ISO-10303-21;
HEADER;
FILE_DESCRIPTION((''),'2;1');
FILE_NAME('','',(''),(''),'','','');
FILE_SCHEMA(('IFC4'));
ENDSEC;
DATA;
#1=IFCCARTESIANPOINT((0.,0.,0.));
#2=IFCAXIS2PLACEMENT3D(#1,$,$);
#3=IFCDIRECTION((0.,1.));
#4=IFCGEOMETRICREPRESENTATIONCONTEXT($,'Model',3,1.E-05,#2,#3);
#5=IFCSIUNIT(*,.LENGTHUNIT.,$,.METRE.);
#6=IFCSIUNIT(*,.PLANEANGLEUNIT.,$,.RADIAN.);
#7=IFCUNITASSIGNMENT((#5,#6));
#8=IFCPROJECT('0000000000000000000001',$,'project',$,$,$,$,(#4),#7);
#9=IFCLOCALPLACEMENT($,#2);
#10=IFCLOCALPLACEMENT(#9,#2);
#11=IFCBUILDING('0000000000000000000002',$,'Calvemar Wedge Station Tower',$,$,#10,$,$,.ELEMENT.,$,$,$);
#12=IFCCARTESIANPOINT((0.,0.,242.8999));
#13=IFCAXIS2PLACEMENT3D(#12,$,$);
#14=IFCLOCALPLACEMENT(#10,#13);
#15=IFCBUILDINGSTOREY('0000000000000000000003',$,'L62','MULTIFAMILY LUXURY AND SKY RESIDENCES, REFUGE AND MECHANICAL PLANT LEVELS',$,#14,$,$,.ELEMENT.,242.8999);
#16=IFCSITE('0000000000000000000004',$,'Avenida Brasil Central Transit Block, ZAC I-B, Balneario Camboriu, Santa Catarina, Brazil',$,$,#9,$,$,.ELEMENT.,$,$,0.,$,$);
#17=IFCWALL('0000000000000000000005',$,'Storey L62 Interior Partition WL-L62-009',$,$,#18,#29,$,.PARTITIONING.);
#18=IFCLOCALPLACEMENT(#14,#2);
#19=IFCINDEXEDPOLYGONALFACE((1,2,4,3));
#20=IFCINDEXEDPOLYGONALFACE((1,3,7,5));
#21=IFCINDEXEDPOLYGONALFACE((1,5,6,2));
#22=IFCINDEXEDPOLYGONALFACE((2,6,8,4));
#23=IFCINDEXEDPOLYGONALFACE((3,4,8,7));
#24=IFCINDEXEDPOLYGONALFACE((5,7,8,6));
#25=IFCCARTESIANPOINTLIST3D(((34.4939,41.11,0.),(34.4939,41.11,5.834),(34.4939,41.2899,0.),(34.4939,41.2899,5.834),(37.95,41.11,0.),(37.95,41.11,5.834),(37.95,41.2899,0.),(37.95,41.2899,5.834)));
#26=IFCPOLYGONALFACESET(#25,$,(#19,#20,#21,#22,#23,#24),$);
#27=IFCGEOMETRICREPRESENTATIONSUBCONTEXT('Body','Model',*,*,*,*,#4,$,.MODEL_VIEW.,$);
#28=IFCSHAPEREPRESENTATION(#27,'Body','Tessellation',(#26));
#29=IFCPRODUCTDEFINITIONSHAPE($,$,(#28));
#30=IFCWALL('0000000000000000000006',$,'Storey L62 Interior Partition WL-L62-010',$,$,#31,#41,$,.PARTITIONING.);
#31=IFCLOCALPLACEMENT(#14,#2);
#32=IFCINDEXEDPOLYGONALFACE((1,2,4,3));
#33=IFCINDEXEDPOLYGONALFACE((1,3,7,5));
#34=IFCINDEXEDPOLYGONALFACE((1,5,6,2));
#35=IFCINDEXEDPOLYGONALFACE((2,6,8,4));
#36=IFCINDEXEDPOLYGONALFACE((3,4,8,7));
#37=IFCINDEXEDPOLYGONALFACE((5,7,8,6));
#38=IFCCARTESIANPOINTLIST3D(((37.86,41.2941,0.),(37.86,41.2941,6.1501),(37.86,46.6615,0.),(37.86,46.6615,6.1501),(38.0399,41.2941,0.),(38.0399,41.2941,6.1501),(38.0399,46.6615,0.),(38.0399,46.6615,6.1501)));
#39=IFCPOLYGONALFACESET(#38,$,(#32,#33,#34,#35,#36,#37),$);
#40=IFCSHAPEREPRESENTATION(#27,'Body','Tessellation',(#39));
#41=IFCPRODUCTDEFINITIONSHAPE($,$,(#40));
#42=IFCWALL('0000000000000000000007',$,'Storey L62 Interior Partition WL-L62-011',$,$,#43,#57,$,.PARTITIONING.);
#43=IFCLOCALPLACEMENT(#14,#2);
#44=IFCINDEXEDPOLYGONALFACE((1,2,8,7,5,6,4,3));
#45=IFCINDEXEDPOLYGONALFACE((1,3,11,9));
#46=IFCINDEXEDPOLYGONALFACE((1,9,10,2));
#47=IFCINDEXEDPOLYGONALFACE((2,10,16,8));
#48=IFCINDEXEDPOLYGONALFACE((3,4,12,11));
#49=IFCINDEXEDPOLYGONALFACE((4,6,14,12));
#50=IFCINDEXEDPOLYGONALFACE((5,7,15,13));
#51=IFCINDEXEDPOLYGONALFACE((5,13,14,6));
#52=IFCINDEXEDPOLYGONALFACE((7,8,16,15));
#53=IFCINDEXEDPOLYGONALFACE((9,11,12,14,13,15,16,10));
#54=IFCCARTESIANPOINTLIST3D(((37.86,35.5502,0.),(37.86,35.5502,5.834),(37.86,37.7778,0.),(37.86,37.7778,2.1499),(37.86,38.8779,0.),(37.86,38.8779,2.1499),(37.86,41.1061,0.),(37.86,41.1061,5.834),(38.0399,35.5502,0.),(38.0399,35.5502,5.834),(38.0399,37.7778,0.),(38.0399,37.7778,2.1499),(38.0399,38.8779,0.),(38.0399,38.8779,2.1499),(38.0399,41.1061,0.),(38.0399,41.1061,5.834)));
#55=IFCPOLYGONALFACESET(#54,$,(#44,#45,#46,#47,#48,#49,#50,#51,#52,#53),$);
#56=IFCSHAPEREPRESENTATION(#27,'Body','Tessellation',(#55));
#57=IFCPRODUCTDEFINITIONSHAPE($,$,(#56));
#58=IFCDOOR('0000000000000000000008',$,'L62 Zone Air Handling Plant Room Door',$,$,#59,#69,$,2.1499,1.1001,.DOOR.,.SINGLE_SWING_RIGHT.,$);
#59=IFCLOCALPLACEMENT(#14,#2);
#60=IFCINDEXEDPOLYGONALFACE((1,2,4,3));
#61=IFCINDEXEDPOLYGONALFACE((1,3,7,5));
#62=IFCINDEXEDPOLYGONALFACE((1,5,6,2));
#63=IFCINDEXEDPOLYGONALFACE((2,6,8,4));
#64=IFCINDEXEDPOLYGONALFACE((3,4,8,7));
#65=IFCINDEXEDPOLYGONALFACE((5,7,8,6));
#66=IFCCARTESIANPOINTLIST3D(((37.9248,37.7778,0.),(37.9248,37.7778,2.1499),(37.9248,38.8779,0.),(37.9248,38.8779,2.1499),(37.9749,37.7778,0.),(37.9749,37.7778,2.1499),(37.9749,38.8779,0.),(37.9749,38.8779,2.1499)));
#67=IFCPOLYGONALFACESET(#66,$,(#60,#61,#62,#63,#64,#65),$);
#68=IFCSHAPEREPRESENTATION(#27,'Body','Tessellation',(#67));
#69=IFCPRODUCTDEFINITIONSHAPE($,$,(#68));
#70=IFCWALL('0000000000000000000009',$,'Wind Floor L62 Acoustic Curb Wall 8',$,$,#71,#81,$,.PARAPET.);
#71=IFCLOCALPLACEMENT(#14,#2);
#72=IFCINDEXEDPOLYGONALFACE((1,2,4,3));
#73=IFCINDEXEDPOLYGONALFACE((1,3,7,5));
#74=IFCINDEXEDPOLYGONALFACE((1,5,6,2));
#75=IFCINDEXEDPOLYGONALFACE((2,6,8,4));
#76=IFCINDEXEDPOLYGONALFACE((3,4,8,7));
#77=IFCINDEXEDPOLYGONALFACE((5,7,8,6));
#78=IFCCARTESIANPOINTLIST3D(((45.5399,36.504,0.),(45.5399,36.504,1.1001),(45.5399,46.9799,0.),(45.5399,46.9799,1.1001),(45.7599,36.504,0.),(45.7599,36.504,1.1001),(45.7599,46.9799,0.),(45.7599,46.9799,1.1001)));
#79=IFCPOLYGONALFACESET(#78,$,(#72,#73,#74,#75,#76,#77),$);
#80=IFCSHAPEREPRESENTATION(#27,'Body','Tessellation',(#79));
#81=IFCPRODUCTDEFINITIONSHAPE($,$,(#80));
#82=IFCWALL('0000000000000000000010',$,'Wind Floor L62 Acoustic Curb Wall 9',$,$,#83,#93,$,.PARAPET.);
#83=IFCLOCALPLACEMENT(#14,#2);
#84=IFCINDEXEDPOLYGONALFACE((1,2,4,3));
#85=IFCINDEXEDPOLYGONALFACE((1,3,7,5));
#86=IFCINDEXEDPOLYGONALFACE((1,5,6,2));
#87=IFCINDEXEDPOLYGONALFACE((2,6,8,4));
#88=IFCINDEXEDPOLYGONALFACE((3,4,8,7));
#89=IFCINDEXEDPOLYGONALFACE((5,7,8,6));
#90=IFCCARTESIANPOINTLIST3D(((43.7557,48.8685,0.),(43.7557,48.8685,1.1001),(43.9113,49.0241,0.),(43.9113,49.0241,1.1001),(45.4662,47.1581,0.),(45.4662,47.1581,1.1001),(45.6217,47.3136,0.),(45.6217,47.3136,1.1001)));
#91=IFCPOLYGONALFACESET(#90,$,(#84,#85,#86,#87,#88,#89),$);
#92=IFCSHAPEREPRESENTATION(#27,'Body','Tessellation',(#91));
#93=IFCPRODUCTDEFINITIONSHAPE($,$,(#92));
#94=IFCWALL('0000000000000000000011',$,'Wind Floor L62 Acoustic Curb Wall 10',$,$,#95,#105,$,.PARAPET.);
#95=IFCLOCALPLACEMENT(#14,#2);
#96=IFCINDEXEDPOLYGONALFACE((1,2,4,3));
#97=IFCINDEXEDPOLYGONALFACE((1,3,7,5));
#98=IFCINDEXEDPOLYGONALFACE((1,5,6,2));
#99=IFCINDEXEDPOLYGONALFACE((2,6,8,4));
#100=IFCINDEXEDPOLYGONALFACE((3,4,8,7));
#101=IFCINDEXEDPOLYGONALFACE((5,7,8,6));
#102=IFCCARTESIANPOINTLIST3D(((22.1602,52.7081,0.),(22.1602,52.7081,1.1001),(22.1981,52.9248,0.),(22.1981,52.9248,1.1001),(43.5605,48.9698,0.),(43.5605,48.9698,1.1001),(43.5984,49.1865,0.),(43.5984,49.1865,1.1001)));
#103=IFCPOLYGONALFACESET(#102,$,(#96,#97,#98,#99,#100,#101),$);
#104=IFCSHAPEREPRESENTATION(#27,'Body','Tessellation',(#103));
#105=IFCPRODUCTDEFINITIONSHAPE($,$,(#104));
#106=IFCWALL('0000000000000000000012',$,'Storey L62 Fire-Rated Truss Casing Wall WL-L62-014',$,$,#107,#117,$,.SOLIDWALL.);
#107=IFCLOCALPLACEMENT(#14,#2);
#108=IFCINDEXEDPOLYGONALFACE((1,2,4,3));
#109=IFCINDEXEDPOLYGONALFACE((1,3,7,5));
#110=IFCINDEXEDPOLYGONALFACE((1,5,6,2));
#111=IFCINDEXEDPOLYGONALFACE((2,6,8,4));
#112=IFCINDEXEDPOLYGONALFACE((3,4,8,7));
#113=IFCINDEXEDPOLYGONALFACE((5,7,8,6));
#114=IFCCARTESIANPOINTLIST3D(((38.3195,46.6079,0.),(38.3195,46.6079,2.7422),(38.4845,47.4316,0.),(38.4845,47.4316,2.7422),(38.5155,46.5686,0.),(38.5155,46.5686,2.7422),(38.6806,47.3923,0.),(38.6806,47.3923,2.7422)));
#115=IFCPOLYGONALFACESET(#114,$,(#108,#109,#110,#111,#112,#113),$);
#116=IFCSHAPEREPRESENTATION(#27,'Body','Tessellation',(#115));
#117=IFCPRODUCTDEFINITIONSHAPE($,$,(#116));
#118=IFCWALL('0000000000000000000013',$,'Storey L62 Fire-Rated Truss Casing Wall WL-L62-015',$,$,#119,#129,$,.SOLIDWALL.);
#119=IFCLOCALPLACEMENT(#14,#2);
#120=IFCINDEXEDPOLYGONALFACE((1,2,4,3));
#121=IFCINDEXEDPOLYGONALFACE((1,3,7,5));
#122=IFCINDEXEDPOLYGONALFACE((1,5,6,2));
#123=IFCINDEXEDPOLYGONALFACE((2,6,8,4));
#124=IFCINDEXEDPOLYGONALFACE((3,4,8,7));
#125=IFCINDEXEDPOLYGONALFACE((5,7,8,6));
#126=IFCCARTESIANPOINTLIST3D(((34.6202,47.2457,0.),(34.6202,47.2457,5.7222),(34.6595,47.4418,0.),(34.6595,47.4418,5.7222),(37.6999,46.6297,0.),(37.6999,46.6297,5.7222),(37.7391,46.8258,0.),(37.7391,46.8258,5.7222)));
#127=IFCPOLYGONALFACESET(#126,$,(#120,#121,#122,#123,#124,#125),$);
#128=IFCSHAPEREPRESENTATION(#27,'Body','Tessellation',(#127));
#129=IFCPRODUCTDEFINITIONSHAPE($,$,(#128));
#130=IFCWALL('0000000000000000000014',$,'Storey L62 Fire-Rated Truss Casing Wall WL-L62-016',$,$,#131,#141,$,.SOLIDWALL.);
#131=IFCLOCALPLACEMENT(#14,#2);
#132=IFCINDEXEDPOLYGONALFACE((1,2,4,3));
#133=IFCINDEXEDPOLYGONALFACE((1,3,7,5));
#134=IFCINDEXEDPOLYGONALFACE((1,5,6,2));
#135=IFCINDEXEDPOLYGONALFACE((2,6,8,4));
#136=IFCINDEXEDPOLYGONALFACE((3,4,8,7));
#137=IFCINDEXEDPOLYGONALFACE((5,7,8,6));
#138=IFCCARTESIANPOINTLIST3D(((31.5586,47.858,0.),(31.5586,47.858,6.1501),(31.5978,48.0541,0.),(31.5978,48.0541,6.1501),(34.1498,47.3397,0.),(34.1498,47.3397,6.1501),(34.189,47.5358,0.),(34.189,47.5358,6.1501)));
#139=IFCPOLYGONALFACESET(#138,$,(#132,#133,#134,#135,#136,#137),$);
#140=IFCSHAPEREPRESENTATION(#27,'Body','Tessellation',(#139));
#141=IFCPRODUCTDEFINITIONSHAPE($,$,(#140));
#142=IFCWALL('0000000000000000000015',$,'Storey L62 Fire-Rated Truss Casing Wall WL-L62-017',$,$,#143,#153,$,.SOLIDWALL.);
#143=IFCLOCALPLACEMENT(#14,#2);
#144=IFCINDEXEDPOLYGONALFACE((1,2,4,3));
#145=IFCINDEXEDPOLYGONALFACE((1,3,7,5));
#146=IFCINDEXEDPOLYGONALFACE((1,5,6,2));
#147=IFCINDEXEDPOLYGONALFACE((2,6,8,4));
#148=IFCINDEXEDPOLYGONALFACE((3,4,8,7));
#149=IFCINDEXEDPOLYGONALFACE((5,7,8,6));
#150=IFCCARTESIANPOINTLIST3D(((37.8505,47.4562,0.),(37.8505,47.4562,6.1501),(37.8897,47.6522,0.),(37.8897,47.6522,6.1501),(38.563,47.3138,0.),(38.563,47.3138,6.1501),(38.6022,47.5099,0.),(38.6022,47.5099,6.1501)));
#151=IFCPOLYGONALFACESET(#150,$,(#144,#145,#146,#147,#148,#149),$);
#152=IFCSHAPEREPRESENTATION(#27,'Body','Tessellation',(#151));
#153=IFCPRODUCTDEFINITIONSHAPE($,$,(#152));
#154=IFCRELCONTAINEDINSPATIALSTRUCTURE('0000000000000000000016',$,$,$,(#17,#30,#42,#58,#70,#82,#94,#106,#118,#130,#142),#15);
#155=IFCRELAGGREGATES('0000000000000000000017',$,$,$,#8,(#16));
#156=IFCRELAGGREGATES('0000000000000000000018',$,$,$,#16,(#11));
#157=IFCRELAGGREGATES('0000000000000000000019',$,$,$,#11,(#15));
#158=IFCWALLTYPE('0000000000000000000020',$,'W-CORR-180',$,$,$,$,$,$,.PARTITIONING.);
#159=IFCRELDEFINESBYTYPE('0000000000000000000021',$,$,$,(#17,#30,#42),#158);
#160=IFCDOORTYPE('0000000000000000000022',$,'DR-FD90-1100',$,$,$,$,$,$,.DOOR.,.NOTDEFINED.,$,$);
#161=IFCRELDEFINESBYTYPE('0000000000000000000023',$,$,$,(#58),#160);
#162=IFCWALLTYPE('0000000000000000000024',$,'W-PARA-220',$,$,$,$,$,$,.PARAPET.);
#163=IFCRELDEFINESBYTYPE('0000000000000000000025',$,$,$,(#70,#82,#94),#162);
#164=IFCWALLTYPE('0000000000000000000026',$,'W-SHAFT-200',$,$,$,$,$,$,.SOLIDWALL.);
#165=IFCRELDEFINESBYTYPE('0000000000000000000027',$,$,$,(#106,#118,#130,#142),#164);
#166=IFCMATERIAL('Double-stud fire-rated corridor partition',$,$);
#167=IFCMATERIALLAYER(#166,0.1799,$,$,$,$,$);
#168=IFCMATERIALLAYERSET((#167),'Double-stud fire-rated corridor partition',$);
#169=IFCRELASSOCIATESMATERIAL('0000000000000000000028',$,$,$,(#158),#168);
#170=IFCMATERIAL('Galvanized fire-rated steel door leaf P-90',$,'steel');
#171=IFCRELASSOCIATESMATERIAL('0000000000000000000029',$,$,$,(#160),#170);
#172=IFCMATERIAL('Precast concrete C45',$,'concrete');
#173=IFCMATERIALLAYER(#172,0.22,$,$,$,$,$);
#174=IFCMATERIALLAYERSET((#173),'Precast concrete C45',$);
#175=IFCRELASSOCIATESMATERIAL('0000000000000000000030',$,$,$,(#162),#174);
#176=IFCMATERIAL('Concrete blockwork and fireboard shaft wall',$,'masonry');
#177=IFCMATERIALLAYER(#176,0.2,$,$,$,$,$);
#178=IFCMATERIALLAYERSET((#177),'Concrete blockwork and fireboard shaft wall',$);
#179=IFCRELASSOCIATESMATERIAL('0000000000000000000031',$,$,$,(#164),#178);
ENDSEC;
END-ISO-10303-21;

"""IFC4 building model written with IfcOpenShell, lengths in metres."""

from ifc_helpers import new_model, si_unit, direction, frame, frame_2d, origin, place, context, subcontext, project, spatial, rectangle, extrude, source, transform, mapped, material, layer, layer_set, type_object, element, fill, save


model = new_model("IFC4")

# Units and contexts
model_context = context("Model", 3, precision=1e-05, world=origin(), true_north=direction((0.0, 1.0)))
body_context = subcontext(model_context, "Body", "Model", "MODEL_VIEW")
ifc_project = project(units=[si_unit("LENGTHUNIT", "METRE"), si_unit("PLANEANGLEUNIT", "RADIAN")], contexts=[model_context])

# Site, building, storey
site_placement = place(None, origin())
site = spatial("IfcSite", under=ifc_project, at=site_placement, Name="Avenida Brasil Central Transit Block, ZAC I-B, Balneario Camboriu, Santa Catarina, Brazil", CompositionType="ELEMENT", RefElevation=0.0)
building_placement = place(site_placement, origin())
building = spatial("IfcBuilding", under=site, at=building_placement, Name="Calvemar Wedge Station Tower", CompositionType="ELEMENT")
storey_placement = place(building_placement, frame((0.0, 0.0, 242.8999)))
storey = spatial("IfcBuildingStorey", under=building, at=storey_placement, Name="L62", Description="MULTIFAMILY LUXURY AND SKY RESIDENCES, REFUGE AND MECHANICAL PLANT LEVELS", CompositionType="ELEMENT", Elevation=242.8999)

# Shared definitions
ifc_material_1 = material(Name="Double-stud fire-rated corridor partition")
ifc_layer_1 = layer(ifc_material_1, 0.1799)
ifc_layer_set_1 = layer_set([ifc_layer_1], Name="Double-stud fire-rated corridor partition")
wall_type_1 = type_object("IfcWallType", Name="W-CORR-180", PredefinedType="PARTITIONING", material=ifc_layer_set_1)
shared_shape_1 = source(origin(), body_context, "Body", "SweptSolid", [
    extrude(rectangle(XDim=1.1001, YDim=2.1499, at=frame_2d((0.55, 1.075))), frame((0.0, 0.1001, 0.0), z_axis=(0.0, -1.0, 0.0), x_axis=(1.0, 0.0, 0.0)), (0.0, 0.0, 1.0), 0.2),
])
ifc_material_2 = material(Name="Galvanized fire-rated steel door leaf P-90", Category="steel")
door_type = type_object("IfcDoorType", Name="DR-FD90-1100", OperationType="NOTDEFINED", PredefinedType="DOOR", material=ifc_material_2)
shared_shape_2 = source(origin(), body_context, "Body", "SweptSolid", [
    extrude(rectangle(XDim=1.1001, YDim=2.1499, at=frame_2d((0.55, 1.075))), frame((0.0, 0.0249, 0.0), z_axis=(0.0, -1.0, 0.0), x_axis=(1.0, 0.0, 0.0)), (0.0, 0.0, 1.0), 0.05),
])

# Walls
wall_1_placement = place(storey_placement, frame((37.95, 41.2, 0.0), z_axis=(0.0, 0.0, 1.0), x_axis=(-1.0, 0.0, 0.0)))
element("IfcWall", 1, at=wall_1_placement, inside=storey, type_object=wall_type_1, Name="Storey L62 Interior Partition WL-L62-009", PredefinedType="PARTITIONING", context=body_context, shape_type="SweptSolid", body=[
    extrude(rectangle(XDim=3.4561, YDim=0.1799, at=frame_2d((1.728, 0.0))), origin(), (0.0, 0.0, 1.0), 5.834),
])
wall_2_placement = place(storey_placement, frame((37.95, 46.6614, 0.0), z_axis=(0.0, 0.0, 1.0), x_axis=(0.0, -1.0, 0.0)))
element("IfcWall", 2, at=wall_2_placement, inside=storey, type_object=wall_type_1, Name="Storey L62 Interior Partition WL-L62-010", PredefinedType="PARTITIONING", context=body_context, shape_type="SweptSolid", body=[
    extrude(rectangle(XDim=5.3674, YDim=0.1799, at=frame_2d((2.6836, 0.0))), origin(), (0.0, 0.0, 1.0), 6.1501),
])

# Wall, opening, door
wall_3_placement = place(storey_placement, frame((37.95, 41.106, 0.0), z_axis=(0.0, 0.0, 1.0), x_axis=(0.0, -1.0, 0.0)))
wall_3 = element("IfcWall", 3, at=wall_3_placement, inside=storey, type_object=wall_type_1, Name="Storey L62 Interior Partition WL-L62-011", PredefinedType="PARTITIONING", context=body_context, shape_type="SweptSolid", body=[
    extrude(rectangle(XDim=5.5559, YDim=0.1799, at=frame_2d((2.7778, 0.0))), origin(), (0.0, 0.0, 1.0), 5.834),
])
opening_1_placement = place(wall_3_placement, frame((2.228, 0.0, 0.0)))
opening_1 = element("IfcOpeningElement", 4, at=opening_1_placement, cuts=wall_3, PredefinedType="OPENING", context=body_context, shape_type="MappedRepresentation", body=[
    mapped(shared_shape_1, transform((0.0, 0.0, 0.0), scale=1.0)),
])
door_1_placement = place(opening_1_placement, origin())
door_1 = element("IfcDoor", 5, at=door_1_placement, inside=storey, type_object=door_type, Name="L62 Zone Air Handling Plant Room Door", OperationType="SINGLE_SWING_RIGHT", OverallHeight=2.1499, OverallWidth=1.1001, PredefinedType="DOOR", context=body_context, shape_type="MappedRepresentation", body=[
    mapped(shared_shape_2, transform((0.0, 0.0, 0.0), scale=1.0)),
])
fill(opening_1, door_1)

# Walls
ifc_material_3 = material(Name="Precast concrete C45", Category="concrete")
ifc_layer_2 = layer(ifc_material_3, 0.22)
ifc_layer_set_2 = layer_set([ifc_layer_2], Name="Precast concrete C45")
wall_type_2 = type_object("IfcWallType", Name="W-PARA-220", PredefinedType="PARAPET", material=ifc_layer_set_2)
wall_4_placement = place(storey_placement, frame((45.6499, 36.5042, 0.0), z_axis=(0.0, 0.0, 1.0), x_axis=(0.0, 1.0, 0.0)))
element("IfcWall", 6, at=wall_4_placement, inside=storey, type_object=wall_type_2, Name="Wind Floor L62 Acoustic Curb Wall 8", PredefinedType="PARAPET", context=body_context, shape_type="SweptSolid", body=[
    extrude(rectangle(XDim=10.4758, YDim=0.22, at=frame_2d((5.2378, 0.0))), origin(), (0.0, 0.0, 1.0), 1.1001),
])
wall_5_placement = place(storey_placement, frame((45.5439, 47.2358, 0.0), z_axis=(0.0, 0.0, 1.0), x_axis=(-0.707107, 0.707107, 0.0)))
element("IfcWall", 7, at=wall_5_placement, inside=storey, type_object=wall_type_2, Name="Wind Floor L62 Acoustic Curb Wall 9", PredefinedType="PARAPET", context=body_context, shape_type="SweptSolid", body=[
    extrude(rectangle(XDim=2.4189, YDim=0.22, at=frame_2d((1.2095, 0.0))), origin(), (0.0, 0.0, 1.0), 1.1001),
])
wall_6_placement = place(storey_placement, frame((43.5796, 49.0781, 0.0), z_axis=(0.0, 0.0, 1.0), x_axis=(-0.985083, 0.172077, 0.0)))
element("IfcWall", 8, at=wall_6_placement, inside=storey, type_object=wall_type_2, Name="Wind Floor L62 Acoustic Curb Wall 10", PredefinedType="PARAPET", context=body_context, shape_type="SweptSolid", body=[
    extrude(rectangle(XDim=21.7244, YDim=0.22, at=frame_2d((10.8623, 0.0))), origin(), (0.0, 0.0, 1.0), 1.1001),
])
ifc_material_4 = material(Name="Concrete blockwork and fireboard shaft wall", Category="masonry")
ifc_layer_3 = layer(ifc_material_4, 0.2)
ifc_layer_set_3 = layer_set([ifc_layer_3], Name="Concrete blockwork and fireboard shaft wall")
wall_type_3 = type_object("IfcWallType", Name="W-SHAFT-200", PredefinedType="SOLIDWALL", material=ifc_layer_set_3)
wall_7_placement = place(storey_placement, frame((38.5825, 47.4119, 0.0), z_axis=(0.0, 0.0, 1.0), x_axis=(-0.196451, -0.980514, 0.0)))
element("IfcWall", 9, at=wall_7_placement, inside=storey, type_object=wall_type_3, Name="Storey L62 Fire-Rated Truss Casing Wall WL-L62-014", PredefinedType="SOLIDWALL", context=body_context, shape_type="SweptSolid", body=[
    extrude(rectangle(XDim=0.8401, YDim=0.2, at=frame_2d((0.4199, 0.0))), origin(), (0.0, 0.0, 1.0), 2.7422),
])
wall_8_placement = place(storey_placement, frame((37.7195, 46.7278, 0.0), z_axis=(0.0, 0.0, 1.0), x_axis=(-0.980578, 0.196131, 0.0)))
element("IfcWall", 10, at=wall_8_placement, inside=storey, type_object=wall_type_3, Name="Storey L62 Fire-Rated Truss Casing Wall WL-L62-015", PredefinedType="SOLIDWALL", context=body_context, shape_type="SweptSolid", body=[
    extrude(rectangle(XDim=3.1406, YDim=0.2, at=frame_2d((1.5703, 0.0))), origin(), (0.0, 0.0, 1.0), 5.7222),
])
wall_9_placement = place(storey_placement, frame((34.1694, 47.4377, 0.0), z_axis=(0.0, 0.0, 1.0), x_axis=(-0.980577, 0.196134, 0.0)))
element("IfcWall", 11, at=wall_9_placement, inside=storey, type_object=wall_type_3, Name="Storey L62 Fire-Rated Truss Casing Wall WL-L62-016", PredefinedType="SOLIDWALL", context=body_context, shape_type="SweptSolid", body=[
    extrude(rectangle(XDim=2.6426, YDim=0.2, at=frame_2d((1.3213, 0.0))), origin(), (0.0, 0.0, 1.0), 6.1501),
])
wall_10_placement = place(storey_placement, frame((37.8701, 47.5542, 0.0), z_axis=(0.0, 0.0, 1.0), x_axis=(0.980619, -0.195922, 0.0)))
element("IfcWall", 12, at=wall_10_placement, inside=storey, type_object=wall_type_3, Name="Storey L62 Fire-Rated Truss Casing Wall WL-L62-017", PredefinedType="SOLIDWALL", context=body_context, shape_type="SweptSolid", body=[
    extrude(rectangle(XDim=0.7266, YDim=0.2, at=frame_2d((0.3633, 0.0))), origin(), (0.0, 0.0, 1.0), 6.1501),
])

save(model, "model.ifc")
